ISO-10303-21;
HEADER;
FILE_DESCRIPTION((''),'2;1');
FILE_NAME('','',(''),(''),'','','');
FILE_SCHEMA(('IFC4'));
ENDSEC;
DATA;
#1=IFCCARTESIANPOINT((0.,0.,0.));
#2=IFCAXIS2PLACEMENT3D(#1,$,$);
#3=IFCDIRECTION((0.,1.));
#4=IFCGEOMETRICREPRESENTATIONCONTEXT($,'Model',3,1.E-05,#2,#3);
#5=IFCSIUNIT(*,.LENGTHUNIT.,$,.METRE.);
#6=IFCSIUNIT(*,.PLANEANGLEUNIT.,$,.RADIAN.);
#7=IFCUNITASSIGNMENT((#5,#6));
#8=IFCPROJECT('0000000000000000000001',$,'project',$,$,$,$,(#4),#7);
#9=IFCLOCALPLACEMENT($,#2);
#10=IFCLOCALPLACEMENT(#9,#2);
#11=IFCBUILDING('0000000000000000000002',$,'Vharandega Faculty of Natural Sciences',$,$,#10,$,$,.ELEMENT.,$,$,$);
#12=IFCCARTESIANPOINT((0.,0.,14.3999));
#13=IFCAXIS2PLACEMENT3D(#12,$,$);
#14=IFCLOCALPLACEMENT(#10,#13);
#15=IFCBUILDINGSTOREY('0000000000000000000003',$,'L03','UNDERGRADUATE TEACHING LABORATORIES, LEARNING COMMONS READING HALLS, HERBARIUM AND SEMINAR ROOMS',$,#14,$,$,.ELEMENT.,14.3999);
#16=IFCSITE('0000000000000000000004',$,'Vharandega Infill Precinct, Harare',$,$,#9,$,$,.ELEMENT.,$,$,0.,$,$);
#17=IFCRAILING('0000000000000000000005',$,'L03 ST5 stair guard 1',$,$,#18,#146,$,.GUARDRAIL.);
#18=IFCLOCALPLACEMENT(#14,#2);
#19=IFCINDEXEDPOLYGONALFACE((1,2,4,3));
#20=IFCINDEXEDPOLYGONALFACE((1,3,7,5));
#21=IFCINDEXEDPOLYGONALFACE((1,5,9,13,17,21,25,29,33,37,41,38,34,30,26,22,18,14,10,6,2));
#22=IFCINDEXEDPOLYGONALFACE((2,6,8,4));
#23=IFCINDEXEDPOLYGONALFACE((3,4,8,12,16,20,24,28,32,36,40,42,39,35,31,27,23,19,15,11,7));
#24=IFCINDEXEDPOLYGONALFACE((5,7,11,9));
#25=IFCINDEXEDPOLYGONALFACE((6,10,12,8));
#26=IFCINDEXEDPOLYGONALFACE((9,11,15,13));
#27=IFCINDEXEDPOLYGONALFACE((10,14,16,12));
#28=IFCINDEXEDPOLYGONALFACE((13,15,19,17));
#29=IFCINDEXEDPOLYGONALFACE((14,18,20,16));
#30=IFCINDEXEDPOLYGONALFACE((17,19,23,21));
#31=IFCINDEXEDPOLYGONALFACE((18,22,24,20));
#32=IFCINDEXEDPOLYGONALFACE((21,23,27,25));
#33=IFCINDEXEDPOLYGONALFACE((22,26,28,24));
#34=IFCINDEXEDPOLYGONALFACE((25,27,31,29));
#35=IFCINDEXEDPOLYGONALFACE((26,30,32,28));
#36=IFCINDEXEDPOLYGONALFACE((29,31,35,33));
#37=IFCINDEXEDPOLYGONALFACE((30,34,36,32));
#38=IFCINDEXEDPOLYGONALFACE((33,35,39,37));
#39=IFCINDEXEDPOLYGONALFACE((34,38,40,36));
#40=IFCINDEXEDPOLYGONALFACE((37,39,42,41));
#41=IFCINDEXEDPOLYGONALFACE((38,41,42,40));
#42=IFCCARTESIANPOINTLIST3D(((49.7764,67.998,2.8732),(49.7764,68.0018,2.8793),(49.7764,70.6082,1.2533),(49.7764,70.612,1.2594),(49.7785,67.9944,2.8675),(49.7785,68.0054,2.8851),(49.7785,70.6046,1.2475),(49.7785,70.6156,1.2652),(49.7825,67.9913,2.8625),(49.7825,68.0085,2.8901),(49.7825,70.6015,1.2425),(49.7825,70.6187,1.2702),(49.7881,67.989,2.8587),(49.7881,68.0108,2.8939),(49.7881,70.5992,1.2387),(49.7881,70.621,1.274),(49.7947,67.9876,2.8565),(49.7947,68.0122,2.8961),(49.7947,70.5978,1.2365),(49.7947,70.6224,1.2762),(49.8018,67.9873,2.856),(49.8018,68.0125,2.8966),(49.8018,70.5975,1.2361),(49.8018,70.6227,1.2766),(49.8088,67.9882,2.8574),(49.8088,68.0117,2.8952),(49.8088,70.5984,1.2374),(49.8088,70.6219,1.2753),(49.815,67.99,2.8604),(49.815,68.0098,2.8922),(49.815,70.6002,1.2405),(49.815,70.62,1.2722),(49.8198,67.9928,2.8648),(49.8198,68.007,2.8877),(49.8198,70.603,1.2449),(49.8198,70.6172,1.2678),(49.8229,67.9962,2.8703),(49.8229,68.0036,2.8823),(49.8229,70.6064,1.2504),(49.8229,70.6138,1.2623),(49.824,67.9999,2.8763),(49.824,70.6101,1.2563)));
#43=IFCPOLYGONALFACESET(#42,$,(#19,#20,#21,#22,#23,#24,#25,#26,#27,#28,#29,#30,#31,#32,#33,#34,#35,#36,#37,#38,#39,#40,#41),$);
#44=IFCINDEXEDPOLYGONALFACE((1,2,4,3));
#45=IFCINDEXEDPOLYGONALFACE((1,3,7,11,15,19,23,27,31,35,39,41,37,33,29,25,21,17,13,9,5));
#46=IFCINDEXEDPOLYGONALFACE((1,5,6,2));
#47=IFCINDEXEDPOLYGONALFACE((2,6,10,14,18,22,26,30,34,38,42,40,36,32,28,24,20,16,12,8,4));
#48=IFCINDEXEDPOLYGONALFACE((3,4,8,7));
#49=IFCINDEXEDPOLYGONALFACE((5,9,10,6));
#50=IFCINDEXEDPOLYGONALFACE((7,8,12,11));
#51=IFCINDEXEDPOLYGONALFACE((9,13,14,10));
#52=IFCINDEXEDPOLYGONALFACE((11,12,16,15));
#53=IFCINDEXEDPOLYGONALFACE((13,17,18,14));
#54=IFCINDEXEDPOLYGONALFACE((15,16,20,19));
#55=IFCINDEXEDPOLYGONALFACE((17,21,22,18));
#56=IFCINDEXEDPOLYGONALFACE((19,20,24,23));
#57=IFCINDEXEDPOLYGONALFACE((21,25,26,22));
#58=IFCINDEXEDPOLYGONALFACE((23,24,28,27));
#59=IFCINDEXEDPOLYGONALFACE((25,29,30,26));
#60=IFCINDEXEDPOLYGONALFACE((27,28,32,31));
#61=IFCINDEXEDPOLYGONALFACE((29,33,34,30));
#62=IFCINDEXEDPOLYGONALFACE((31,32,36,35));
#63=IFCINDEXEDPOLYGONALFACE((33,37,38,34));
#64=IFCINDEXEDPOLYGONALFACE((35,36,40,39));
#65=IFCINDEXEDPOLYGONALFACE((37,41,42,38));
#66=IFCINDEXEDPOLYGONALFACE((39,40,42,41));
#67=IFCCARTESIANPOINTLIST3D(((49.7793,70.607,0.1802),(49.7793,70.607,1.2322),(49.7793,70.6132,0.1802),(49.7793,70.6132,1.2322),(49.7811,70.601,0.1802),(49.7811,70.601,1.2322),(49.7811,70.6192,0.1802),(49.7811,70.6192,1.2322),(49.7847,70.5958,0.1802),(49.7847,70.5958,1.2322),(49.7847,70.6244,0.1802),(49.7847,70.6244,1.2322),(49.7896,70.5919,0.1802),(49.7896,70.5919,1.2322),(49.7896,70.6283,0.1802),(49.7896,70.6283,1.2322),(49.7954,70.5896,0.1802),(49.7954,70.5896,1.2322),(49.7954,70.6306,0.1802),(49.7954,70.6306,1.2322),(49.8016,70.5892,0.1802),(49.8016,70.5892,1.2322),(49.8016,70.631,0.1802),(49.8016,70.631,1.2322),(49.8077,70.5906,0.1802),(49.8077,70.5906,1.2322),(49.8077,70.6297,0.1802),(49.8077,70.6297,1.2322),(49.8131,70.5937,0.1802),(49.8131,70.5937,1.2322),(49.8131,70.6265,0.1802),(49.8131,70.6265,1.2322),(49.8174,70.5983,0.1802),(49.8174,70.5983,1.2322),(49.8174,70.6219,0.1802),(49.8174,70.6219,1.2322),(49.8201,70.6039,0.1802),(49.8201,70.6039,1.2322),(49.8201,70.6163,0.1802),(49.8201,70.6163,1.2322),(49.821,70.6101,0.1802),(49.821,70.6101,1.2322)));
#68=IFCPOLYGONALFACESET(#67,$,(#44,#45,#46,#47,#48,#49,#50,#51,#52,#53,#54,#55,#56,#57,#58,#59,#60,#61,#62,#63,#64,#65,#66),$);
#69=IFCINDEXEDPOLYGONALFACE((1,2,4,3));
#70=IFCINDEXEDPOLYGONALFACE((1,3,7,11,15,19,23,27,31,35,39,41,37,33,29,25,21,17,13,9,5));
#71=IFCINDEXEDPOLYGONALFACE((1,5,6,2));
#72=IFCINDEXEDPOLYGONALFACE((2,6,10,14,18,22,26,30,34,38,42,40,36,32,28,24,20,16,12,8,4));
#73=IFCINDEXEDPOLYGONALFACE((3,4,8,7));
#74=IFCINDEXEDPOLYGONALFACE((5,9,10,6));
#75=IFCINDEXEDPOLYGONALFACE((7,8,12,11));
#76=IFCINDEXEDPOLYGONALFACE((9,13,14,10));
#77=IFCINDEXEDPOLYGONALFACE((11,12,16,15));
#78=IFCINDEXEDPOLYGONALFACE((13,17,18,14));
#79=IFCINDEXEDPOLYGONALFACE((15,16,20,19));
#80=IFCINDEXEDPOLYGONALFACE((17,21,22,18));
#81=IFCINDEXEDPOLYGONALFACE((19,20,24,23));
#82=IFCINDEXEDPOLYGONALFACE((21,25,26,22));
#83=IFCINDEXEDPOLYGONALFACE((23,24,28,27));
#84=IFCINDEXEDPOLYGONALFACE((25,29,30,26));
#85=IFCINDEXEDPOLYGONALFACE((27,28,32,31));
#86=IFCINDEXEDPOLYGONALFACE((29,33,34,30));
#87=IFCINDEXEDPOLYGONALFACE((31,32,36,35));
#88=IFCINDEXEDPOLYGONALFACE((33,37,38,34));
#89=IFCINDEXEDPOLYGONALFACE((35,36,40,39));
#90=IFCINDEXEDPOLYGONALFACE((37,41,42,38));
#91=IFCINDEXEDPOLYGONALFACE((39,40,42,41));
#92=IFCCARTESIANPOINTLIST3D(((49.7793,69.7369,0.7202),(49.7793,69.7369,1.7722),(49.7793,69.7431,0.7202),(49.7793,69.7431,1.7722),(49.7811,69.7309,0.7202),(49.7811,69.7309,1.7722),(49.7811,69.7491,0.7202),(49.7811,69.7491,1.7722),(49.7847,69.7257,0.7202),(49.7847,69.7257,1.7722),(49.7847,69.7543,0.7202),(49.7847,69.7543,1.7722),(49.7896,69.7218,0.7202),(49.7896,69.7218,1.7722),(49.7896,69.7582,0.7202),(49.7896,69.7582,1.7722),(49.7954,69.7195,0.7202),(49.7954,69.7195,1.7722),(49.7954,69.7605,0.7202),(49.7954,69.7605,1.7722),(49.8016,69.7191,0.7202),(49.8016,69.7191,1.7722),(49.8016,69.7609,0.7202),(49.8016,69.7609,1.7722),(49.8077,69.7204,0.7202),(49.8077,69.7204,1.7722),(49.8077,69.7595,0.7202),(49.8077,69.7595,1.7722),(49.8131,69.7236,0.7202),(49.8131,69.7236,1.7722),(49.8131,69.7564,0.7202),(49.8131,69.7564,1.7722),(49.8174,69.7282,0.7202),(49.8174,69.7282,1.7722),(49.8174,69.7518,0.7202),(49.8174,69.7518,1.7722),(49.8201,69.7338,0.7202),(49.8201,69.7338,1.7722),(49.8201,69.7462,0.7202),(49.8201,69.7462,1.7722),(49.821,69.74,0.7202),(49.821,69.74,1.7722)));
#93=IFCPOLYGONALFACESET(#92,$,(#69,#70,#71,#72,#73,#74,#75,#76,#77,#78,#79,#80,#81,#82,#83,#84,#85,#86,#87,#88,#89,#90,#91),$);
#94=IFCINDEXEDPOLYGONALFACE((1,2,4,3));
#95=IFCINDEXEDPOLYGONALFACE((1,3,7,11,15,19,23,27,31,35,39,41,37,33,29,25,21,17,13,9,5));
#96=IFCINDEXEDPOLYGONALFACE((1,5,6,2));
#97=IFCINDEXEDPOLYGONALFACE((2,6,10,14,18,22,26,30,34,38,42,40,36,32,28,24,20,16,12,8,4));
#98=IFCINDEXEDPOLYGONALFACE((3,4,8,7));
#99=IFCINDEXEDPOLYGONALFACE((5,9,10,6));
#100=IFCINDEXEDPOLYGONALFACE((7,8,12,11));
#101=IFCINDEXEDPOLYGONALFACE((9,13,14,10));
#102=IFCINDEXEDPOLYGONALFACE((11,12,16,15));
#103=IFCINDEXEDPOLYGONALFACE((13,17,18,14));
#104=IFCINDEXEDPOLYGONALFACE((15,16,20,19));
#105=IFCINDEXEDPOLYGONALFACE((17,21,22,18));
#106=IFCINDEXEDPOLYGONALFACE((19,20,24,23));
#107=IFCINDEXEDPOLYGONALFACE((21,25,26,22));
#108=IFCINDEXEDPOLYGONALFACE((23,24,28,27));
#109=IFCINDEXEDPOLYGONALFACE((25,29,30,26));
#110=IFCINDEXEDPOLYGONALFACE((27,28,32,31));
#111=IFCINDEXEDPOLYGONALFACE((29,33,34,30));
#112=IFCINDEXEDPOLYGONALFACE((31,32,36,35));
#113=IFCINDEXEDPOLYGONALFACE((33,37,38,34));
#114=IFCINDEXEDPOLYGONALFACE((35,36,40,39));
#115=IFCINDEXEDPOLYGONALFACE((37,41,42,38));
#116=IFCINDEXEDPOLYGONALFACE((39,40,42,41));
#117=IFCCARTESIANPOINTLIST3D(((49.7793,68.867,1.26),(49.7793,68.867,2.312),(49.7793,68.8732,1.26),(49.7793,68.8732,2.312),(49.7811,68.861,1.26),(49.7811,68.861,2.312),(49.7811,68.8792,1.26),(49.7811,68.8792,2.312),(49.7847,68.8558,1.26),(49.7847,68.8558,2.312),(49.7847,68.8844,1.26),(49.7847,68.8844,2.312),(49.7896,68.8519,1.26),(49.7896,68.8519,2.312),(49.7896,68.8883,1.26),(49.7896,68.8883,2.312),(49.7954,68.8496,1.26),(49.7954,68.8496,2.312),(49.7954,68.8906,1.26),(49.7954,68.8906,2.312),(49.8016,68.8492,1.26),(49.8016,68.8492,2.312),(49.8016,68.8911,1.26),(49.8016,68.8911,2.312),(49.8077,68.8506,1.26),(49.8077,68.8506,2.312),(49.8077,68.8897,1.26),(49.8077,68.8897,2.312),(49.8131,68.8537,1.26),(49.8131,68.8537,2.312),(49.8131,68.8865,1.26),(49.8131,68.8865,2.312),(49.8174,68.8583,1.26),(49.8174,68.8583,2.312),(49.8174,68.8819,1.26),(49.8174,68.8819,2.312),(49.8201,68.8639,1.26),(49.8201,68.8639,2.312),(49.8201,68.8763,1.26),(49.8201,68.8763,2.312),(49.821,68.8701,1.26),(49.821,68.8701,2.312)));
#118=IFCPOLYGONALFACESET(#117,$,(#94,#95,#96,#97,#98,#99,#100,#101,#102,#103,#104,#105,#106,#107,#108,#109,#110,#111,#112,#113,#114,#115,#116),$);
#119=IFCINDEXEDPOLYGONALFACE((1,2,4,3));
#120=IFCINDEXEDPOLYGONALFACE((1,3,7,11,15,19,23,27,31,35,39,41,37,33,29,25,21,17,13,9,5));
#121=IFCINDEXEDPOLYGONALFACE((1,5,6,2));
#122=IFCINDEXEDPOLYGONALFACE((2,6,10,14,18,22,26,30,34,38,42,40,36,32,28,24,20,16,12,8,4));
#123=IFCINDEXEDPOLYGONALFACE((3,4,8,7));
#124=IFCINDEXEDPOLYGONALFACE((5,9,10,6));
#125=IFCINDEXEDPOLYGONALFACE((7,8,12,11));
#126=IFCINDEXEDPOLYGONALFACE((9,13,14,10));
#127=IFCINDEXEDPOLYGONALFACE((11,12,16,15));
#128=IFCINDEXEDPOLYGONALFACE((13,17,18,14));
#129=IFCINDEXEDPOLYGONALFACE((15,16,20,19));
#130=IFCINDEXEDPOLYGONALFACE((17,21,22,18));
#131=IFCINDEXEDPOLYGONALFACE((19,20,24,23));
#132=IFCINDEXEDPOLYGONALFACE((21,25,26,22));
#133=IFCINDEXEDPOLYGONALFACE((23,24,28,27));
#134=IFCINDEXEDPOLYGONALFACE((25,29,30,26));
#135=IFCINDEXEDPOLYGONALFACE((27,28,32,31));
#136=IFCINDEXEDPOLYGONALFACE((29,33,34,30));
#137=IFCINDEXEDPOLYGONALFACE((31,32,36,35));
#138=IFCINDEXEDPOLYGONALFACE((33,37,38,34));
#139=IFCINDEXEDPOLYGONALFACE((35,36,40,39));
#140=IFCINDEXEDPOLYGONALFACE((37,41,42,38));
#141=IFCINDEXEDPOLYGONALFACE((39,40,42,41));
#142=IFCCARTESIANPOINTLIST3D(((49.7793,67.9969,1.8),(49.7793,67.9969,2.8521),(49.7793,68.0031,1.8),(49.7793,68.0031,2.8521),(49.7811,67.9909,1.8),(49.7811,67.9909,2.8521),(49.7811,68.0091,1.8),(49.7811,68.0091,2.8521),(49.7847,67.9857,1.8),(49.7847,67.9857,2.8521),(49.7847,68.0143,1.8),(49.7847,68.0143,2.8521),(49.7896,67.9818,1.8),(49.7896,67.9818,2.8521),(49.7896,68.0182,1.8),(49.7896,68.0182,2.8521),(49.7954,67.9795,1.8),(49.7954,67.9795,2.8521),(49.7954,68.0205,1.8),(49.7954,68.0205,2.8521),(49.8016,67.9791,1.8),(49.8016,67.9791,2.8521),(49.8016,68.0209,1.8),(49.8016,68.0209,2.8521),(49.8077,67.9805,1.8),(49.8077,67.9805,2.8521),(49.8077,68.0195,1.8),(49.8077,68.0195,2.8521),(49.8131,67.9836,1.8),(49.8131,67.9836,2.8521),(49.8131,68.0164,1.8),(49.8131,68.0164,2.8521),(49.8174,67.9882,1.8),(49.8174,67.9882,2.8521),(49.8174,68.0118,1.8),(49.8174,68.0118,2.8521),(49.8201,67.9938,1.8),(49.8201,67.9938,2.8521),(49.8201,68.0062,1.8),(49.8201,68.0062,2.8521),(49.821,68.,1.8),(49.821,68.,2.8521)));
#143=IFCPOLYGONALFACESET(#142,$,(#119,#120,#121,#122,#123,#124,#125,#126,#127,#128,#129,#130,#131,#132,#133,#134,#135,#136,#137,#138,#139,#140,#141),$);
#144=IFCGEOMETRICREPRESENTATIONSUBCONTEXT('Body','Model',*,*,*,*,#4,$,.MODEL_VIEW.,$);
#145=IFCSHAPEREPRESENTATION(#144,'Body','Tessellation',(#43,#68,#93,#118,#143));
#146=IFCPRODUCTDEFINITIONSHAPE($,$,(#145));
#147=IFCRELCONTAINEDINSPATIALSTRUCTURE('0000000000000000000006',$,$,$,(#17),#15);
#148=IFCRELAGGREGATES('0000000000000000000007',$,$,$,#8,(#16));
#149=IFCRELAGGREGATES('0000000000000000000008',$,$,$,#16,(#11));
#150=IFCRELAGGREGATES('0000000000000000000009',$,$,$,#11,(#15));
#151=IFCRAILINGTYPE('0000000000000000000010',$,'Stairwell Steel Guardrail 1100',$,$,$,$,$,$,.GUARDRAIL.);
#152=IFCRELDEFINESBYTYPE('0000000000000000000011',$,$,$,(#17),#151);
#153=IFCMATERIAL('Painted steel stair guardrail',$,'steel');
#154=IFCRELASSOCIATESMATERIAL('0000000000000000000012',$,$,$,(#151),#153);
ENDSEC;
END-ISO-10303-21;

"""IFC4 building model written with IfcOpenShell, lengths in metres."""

from ifc_helpers import new_model, si_unit, direction, frame, origin, origin_2d, place, context, subcontext, project, spatial, circle, extrude, material, type_object, element, save


model = new_model("IFC4")

# Units and contexts
model_context = context("Model", 3, precision=1e-05, world=origin(), true_north=direction((0.0, 1.0)))
body_context = subcontext(model_context, "Body", "Model", "MODEL_VIEW")
ifc_project = project(units=[si_unit("LENGTHUNIT", "METRE"), si_unit("PLANEANGLEUNIT", "RADIAN")], contexts=[model_context])

# Site, building, storey
site_placement = place(None, origin())
site = spatial("IfcSite", under=ifc_project, at=site_placement, Name="Vharandega Infill Precinct, Harare", CompositionType="ELEMENT", RefElevation=0.0)
building_placement = place(site_placement, origin())
building = spatial("IfcBuilding", under=site, at=building_placement, Name="Vharandega Faculty of Natural Sciences", CompositionType="ELEMENT")
storey_placement = place(building_placement, frame((0.0, 0.0, 14.3999)))
storey = spatial("IfcBuildingStorey", under=building, at=storey_placement, Name="L03", Description="UNDERGRADUATE TEACHING LABORATORIES, LEARNING COMMONS READING HALLS, HERBARIUM AND SEMINAR ROOMS", CompositionType="ELEMENT", Elevation=14.3999)

# Railing
ifc_material_1 = material(Name="Painted steel stair guardrail", Category="steel")
railing_type_1 = type_object("IfcRailingType", Name="Stairwell Steel Guardrail 1100", PredefinedType="GUARDRAIL", material=ifc_material_1)
railing_1_placement = place(storey_placement, frame((49.8, 70.6101, 0.1802)))
element("IfcRailing", 1, at=railing_1_placement, inside=storey, type_object=railing_type_1, Name="L03 ST5 stair guard 1", PredefinedType="GUARDRAIL", context=body_context, shape_type="SweptSolid", body=[
    extrude(circle(Radius=0.0239, at=origin_2d()), frame((0.0, 0.0, 1.0762), z_axis=(0.0, -0.849668, 0.527317), x_axis=(1.0, 0.0, 0.0)), (0.0, 0.0, 1.0), 3.072),
    extrude(circle(Radius=0.021, at=origin_2d()), origin(), (0.0, 0.0, 1.0), 1.052),
    extrude(circle(Radius=0.021, at=origin_2d()), frame((0.0, -0.8701, 0.54)), (0.0, 0.0, 1.0), 1.052),
    extrude(circle(Radius=0.021, at=origin_2d()), frame((0.0, -1.74, 1.0798)), (0.0, 0.0, 1.0), 1.052),
    extrude(circle(Radius=0.021, at=origin_2d()), frame((0.0, -2.6101, 1.6199)), (0.0, 0.0, 1.0), 1.052),
])

save(model, "model.ifc")
